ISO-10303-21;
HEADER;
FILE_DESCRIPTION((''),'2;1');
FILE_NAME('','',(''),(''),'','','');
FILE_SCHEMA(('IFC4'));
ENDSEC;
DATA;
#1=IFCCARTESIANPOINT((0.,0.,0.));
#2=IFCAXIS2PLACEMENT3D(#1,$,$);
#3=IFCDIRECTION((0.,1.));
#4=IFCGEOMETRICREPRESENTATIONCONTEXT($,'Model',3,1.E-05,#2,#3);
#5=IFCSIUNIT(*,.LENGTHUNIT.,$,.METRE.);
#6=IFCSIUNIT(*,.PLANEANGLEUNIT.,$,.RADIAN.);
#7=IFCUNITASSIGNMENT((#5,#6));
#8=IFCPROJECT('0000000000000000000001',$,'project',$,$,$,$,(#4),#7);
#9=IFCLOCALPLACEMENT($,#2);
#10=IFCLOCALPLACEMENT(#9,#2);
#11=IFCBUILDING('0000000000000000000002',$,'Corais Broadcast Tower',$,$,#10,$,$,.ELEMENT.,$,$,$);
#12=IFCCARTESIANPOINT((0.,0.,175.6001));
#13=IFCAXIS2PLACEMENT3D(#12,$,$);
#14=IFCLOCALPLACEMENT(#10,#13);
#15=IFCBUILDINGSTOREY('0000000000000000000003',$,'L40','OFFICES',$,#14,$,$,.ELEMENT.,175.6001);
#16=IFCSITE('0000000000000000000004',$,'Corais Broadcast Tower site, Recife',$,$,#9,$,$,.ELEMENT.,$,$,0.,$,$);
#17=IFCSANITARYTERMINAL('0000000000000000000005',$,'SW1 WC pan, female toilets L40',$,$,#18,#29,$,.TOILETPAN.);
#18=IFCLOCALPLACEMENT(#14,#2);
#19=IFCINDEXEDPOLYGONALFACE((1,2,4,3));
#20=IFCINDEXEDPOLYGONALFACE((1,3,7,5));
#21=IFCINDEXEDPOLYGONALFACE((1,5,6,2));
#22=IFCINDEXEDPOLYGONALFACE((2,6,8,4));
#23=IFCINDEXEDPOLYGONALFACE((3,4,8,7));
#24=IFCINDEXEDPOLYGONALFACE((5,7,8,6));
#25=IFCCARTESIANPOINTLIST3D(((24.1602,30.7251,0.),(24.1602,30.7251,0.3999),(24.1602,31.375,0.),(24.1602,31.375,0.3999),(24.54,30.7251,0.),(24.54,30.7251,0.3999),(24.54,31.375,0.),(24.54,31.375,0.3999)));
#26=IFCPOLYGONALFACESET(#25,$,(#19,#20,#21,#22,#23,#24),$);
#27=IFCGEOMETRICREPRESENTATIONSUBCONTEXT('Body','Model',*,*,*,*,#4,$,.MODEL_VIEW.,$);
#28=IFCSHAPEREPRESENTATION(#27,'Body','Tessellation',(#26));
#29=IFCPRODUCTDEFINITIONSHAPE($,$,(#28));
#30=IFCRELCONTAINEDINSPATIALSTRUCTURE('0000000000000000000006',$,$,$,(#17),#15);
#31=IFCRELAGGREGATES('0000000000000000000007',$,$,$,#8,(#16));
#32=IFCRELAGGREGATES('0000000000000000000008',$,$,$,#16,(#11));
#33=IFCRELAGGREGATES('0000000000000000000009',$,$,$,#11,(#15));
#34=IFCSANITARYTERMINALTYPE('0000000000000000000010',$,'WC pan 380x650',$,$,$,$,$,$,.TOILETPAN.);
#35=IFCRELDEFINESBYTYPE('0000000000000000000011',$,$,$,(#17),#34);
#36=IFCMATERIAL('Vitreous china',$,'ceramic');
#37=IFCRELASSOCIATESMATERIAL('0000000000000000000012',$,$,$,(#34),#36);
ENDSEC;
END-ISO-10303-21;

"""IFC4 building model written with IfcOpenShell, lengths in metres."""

from ifc_helpers import new_model, si_unit, direction, frame, origin, origin_2d, place, context, subcontext, project, spatial, rectangle, extrude, material, type_object, element, save


model = new_model("IFC4")

# Units and contexts
model_context = context("Model", 3, precision=1e-05, world=origin(), true_north=direction((0.0, 1.0)))
body_context = subcontext(model_context, "Body", "Model", "MODEL_VIEW")
ifc_project = project(units=[si_unit("LENGTHUNIT", "METRE"), si_unit("PLANEANGLEUNIT", "RADIAN")], contexts=[model_context])

# Site, building, storey
site_placement = place(None, origin())
site = spatial("IfcSite", under=ifc_project, at=site_placement, Name="Corais Broadcast Tower site, Recife", CompositionType="ELEMENT", RefElevation=0.0)
building_placement = place(site_placement, origin())
building = spatial("IfcBuilding", under=site, at=building_placement, Name="Corais Broadcast Tower", CompositionType="ELEMENT")
storey_placement = place(building_placement, frame((0.0, 0.0, 175.6001)))
storey = spatial("IfcBuildingStorey", under=building, at=storey_placement, Name="L40", Description="OFFICES", CompositionType="ELEMENT", Elevation=175.6001)

# Sanitary terminal
ifc_material_1 = material(Name="Vitreous china", Category="ceramic")
sanitary_terminal_type = type_object("IfcSanitaryTerminalType", Name="WC pan 380x650", PredefinedType="TOILETPAN", material=ifc_material_1)
for number, where, z_axis, x_axis, name in (
    (1, (24.3501, 31.05, 0.0), (0.0, 0.0, 1.0), (1.0, 0.0, 0.0), "SW1 WC pan, female toilets L40"),
):
    element("IfcSanitaryTerminal", number, at=place(storey_placement, frame(where, z_axis=z_axis, x_axis=x_axis)), inside=storey, type_object=sanitary_terminal_type, Name=name, PredefinedType="TOILETPAN", context=body_context, shape_type="SweptSolid", body=[
        extrude(rectangle(XDim=0.3799, YDim=0.6499, at=origin_2d()), origin(), (0.0, 0.0, 1.0), 0.3999),
    ])

save(model, "model.ifc")
